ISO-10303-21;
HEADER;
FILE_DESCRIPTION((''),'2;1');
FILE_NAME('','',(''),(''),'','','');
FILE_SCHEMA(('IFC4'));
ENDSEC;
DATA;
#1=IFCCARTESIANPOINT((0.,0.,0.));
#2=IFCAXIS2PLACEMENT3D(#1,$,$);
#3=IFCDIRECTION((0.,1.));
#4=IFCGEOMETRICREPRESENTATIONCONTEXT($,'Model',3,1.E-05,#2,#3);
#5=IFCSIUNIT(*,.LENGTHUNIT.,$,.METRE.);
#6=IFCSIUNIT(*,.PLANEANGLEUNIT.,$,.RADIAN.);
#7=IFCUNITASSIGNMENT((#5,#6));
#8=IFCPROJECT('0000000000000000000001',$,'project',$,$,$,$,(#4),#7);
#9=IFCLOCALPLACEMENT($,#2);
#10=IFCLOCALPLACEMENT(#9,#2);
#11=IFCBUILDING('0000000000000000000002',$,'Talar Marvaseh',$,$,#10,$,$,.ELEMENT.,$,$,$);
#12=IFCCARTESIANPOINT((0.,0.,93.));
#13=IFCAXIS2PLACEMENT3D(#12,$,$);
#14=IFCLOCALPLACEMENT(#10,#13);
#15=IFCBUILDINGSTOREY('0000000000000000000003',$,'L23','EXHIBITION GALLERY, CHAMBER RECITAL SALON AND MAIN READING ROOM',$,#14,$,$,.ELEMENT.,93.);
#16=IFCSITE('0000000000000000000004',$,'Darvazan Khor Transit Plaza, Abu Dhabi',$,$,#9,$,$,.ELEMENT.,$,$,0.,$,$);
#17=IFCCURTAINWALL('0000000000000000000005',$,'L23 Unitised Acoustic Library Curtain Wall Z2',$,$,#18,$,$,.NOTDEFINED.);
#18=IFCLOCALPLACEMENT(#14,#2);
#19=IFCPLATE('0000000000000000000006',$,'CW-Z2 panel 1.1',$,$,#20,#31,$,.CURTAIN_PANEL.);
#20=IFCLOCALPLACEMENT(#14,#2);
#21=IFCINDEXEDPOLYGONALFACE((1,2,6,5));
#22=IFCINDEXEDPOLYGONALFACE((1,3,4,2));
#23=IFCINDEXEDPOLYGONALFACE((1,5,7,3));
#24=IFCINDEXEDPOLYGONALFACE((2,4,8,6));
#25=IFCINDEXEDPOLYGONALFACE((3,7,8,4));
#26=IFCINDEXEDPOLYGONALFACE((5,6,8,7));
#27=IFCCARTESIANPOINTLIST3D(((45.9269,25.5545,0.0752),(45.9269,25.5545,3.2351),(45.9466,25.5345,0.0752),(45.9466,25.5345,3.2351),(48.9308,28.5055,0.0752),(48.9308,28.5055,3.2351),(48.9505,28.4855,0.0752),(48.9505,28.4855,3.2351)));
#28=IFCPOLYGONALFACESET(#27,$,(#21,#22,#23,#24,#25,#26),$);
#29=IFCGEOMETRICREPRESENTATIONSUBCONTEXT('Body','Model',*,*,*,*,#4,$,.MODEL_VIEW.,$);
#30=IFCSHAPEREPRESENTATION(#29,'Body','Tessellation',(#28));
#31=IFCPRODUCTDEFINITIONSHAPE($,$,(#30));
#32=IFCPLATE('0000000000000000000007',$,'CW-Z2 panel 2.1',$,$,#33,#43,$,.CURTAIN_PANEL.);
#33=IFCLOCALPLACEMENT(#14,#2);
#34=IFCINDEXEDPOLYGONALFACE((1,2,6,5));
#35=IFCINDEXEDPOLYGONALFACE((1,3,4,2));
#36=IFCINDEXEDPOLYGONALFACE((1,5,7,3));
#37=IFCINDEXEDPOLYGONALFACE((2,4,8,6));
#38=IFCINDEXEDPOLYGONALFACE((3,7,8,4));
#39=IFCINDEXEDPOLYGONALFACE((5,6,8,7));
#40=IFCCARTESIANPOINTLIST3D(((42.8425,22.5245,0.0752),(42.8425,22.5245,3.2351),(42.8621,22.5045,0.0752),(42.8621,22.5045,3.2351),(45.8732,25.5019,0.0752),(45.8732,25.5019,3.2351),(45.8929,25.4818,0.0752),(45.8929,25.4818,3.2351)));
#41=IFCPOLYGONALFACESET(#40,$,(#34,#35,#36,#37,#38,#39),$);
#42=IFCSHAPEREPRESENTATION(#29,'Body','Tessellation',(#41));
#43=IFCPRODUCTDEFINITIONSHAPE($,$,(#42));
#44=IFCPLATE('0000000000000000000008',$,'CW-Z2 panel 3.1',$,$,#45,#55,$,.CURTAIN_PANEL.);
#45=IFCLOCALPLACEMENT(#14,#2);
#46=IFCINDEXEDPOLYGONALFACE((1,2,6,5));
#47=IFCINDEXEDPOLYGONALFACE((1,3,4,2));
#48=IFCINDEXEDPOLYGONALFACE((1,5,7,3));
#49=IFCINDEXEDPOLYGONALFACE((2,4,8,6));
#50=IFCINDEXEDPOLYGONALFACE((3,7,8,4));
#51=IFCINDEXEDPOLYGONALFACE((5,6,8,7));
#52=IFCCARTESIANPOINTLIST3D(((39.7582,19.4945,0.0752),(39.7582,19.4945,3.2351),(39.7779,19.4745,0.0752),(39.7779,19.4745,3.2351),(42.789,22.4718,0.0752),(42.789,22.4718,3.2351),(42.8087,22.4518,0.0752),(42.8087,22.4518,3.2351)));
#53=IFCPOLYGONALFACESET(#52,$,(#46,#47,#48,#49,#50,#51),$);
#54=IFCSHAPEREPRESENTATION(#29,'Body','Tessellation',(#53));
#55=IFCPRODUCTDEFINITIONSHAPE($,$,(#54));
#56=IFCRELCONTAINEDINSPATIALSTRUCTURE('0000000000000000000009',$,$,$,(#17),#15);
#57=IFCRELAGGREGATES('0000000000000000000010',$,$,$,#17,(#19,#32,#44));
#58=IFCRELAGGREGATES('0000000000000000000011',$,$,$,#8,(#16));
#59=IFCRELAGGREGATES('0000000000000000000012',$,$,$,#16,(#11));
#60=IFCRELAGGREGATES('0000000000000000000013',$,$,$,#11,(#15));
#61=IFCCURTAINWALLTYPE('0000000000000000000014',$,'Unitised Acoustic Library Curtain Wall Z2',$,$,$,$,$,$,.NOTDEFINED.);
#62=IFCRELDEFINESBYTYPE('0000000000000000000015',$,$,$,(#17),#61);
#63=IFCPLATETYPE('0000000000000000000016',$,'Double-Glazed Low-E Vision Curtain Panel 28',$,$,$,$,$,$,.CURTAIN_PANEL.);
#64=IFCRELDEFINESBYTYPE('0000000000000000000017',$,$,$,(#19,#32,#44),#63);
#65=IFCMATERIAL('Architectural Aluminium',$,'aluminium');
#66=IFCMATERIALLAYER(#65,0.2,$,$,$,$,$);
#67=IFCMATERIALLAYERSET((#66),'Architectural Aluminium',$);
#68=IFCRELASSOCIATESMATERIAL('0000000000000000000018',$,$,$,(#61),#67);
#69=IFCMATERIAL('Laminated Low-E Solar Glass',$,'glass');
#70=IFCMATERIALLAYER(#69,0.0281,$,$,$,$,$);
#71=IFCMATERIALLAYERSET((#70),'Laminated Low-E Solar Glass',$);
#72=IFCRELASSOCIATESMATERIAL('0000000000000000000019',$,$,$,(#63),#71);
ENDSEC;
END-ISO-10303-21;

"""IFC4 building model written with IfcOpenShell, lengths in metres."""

from ifc_helpers import new_model, si_unit, direction, frame, origin, origin_2d, place, context, subcontext, project, spatial, rectangle, extrude, source, transform, mapped, material, layer, layer_set, type_object, type_shapes, element, aggregate, save


model = new_model("IFC4")

# Units and contexts
model_context = context("Model", 3, precision=1e-05, world=origin(), true_north=direction((0.0, 1.0)))
body_context = subcontext(model_context, "Body", "Model", "MODEL_VIEW")
ifc_project = project(units=[si_unit("LENGTHUNIT", "METRE"), si_unit("PLANEANGLEUNIT", "RADIAN")], contexts=[model_context])

# Site, building, storey
site_placement = place(None, origin())
site = spatial("IfcSite", under=ifc_project, at=site_placement, Name="Darvazan Khor Transit Plaza, Abu Dhabi", CompositionType="ELEMENT", RefElevation=0.0)
building_placement = place(site_placement, origin())
building = spatial("IfcBuilding", under=site, at=building_placement, Name="Talar Marvaseh", CompositionType="ELEMENT")
storey_placement = place(building_placement, frame((0.0, 0.0, 93.0)))
storey = spatial("IfcBuildingStorey", under=building, at=storey_placement, Name="L23", Description="EXHIBITION GALLERY, CHAMBER RECITAL SALON AND MAIN READING ROOM", CompositionType="ELEMENT", Elevation=93.0)

# Curtain wall, plates
ifc_material_1 = material(Name="Architectural Aluminium", Category="aluminium")
ifc_layer_1 = layer(ifc_material_1, 0.2)
ifc_layer_set_1 = layer_set([ifc_layer_1], Name="Architectural Aluminium")
curtain_wall_type = type_object("IfcCurtainWallType", Name="Unitised Acoustic Library Curtain Wall Z2", PredefinedType="NOTDEFINED", material=ifc_layer_set_1)
curtain_wall_placement = place(storey_placement, origin())
curtain_wall = element("IfcCurtainWall", 1, at=curtain_wall_placement, inside=storey, type_object=curtain_wall_type, Name="L23 Unitised Acoustic Library Curtain Wall Z2", PredefinedType="NOTDEFINED")
ifc_material_2 = material(Name="Laminated Low-E Solar Glass", Category="glass")
ifc_layer_2 = layer(ifc_material_2, 0.0281)
ifc_layer_set_2 = layer_set([ifc_layer_2], Name="Laminated Low-E Solar Glass")
plate_type = type_object("IfcPlateType", Name="Double-Glazed Low-E Vision Curtain Panel 28", PredefinedType="CURTAIN_PANEL", material=ifc_layer_set_2)
shared_shape_1 = source(origin(), body_context, "Body", "SweptSolid", [
    extrude(rectangle(XDim=4.2109, YDim=0.0281, at=origin_2d()), origin(), (0.0, 0.0, 1.0), 3.1599),
])
plate_1_placement = place(storey_placement, frame((47.4387, 27.02, 0.0752), z_axis=(0.0, 0.0, 1.0), x_axis=(-0.713361, -0.700797, 0.0)))
plate_1 = element("IfcPlate", 2, at=plate_1_placement, type_object=plate_type, Name="CW-Z2 panel 1.1", PredefinedType="CURTAIN_PANEL", context=body_context, shape_type="MappedRepresentation", body=[
    mapped(shared_shape_1, transform((0.0, 0.0, 0.0), x_axis=(1.0, 0.0, 0.0), y_axis=(0.0, 1.0, 0.0), z_axis=(0.0, 0.0, 1.0), scale=1.0)),
])
shared_shape_2 = source(origin(), body_context, "Body", "SweptSolid", [
    extrude(rectangle(XDim=4.2485, YDim=0.0281, at=origin_2d()), origin(), (0.0, 0.0, 1.0), 3.1599),
])
type_shapes(plate_type, [shared_shape_1, shared_shape_2])
plate_2_placement = place(storey_placement, frame((44.3677, 24.0032, 0.0752), z_axis=(0.0, 0.0, 1.0), x_axis=(-0.713361, -0.700797, 0.0)))
plate_2 = element("IfcPlate", 3, at=plate_2_placement, type_object=plate_type, Name="CW-Z2 panel 2.1", PredefinedType="CURTAIN_PANEL", context=body_context, shape_type="MappedRepresentation", body=[
    mapped(shared_shape_2, transform((0.0, 0.0, 0.0), x_axis=(1.0, 0.0, 0.0), y_axis=(0.0, 1.0, 0.0), z_axis=(0.0, 0.0, 1.0), scale=1.0)),
])
plate_3_placement = place(storey_placement, frame((41.2834, 20.9731, 0.0752), z_axis=(0.0, 0.0, 1.0), x_axis=(-0.713361, -0.700797, 0.0)))
plate_3 = element("IfcPlate", 4, at=plate_3_placement, type_object=plate_type, Name="CW-Z2 panel 3.1", PredefinedType="CURTAIN_PANEL", context=body_context, shape_type="MappedRepresentation", body=[
    mapped(shared_shape_2, transform((0.0, 0.0, 0.0), x_axis=(1.0, 0.0, 0.0), y_axis=(0.0, 1.0, 0.0), z_axis=(0.0, 0.0, 1.0), scale=1.0)),
])
aggregate(curtain_wall, [plate_1, plate_2, plate_3])

save(model, "model.ifc")
